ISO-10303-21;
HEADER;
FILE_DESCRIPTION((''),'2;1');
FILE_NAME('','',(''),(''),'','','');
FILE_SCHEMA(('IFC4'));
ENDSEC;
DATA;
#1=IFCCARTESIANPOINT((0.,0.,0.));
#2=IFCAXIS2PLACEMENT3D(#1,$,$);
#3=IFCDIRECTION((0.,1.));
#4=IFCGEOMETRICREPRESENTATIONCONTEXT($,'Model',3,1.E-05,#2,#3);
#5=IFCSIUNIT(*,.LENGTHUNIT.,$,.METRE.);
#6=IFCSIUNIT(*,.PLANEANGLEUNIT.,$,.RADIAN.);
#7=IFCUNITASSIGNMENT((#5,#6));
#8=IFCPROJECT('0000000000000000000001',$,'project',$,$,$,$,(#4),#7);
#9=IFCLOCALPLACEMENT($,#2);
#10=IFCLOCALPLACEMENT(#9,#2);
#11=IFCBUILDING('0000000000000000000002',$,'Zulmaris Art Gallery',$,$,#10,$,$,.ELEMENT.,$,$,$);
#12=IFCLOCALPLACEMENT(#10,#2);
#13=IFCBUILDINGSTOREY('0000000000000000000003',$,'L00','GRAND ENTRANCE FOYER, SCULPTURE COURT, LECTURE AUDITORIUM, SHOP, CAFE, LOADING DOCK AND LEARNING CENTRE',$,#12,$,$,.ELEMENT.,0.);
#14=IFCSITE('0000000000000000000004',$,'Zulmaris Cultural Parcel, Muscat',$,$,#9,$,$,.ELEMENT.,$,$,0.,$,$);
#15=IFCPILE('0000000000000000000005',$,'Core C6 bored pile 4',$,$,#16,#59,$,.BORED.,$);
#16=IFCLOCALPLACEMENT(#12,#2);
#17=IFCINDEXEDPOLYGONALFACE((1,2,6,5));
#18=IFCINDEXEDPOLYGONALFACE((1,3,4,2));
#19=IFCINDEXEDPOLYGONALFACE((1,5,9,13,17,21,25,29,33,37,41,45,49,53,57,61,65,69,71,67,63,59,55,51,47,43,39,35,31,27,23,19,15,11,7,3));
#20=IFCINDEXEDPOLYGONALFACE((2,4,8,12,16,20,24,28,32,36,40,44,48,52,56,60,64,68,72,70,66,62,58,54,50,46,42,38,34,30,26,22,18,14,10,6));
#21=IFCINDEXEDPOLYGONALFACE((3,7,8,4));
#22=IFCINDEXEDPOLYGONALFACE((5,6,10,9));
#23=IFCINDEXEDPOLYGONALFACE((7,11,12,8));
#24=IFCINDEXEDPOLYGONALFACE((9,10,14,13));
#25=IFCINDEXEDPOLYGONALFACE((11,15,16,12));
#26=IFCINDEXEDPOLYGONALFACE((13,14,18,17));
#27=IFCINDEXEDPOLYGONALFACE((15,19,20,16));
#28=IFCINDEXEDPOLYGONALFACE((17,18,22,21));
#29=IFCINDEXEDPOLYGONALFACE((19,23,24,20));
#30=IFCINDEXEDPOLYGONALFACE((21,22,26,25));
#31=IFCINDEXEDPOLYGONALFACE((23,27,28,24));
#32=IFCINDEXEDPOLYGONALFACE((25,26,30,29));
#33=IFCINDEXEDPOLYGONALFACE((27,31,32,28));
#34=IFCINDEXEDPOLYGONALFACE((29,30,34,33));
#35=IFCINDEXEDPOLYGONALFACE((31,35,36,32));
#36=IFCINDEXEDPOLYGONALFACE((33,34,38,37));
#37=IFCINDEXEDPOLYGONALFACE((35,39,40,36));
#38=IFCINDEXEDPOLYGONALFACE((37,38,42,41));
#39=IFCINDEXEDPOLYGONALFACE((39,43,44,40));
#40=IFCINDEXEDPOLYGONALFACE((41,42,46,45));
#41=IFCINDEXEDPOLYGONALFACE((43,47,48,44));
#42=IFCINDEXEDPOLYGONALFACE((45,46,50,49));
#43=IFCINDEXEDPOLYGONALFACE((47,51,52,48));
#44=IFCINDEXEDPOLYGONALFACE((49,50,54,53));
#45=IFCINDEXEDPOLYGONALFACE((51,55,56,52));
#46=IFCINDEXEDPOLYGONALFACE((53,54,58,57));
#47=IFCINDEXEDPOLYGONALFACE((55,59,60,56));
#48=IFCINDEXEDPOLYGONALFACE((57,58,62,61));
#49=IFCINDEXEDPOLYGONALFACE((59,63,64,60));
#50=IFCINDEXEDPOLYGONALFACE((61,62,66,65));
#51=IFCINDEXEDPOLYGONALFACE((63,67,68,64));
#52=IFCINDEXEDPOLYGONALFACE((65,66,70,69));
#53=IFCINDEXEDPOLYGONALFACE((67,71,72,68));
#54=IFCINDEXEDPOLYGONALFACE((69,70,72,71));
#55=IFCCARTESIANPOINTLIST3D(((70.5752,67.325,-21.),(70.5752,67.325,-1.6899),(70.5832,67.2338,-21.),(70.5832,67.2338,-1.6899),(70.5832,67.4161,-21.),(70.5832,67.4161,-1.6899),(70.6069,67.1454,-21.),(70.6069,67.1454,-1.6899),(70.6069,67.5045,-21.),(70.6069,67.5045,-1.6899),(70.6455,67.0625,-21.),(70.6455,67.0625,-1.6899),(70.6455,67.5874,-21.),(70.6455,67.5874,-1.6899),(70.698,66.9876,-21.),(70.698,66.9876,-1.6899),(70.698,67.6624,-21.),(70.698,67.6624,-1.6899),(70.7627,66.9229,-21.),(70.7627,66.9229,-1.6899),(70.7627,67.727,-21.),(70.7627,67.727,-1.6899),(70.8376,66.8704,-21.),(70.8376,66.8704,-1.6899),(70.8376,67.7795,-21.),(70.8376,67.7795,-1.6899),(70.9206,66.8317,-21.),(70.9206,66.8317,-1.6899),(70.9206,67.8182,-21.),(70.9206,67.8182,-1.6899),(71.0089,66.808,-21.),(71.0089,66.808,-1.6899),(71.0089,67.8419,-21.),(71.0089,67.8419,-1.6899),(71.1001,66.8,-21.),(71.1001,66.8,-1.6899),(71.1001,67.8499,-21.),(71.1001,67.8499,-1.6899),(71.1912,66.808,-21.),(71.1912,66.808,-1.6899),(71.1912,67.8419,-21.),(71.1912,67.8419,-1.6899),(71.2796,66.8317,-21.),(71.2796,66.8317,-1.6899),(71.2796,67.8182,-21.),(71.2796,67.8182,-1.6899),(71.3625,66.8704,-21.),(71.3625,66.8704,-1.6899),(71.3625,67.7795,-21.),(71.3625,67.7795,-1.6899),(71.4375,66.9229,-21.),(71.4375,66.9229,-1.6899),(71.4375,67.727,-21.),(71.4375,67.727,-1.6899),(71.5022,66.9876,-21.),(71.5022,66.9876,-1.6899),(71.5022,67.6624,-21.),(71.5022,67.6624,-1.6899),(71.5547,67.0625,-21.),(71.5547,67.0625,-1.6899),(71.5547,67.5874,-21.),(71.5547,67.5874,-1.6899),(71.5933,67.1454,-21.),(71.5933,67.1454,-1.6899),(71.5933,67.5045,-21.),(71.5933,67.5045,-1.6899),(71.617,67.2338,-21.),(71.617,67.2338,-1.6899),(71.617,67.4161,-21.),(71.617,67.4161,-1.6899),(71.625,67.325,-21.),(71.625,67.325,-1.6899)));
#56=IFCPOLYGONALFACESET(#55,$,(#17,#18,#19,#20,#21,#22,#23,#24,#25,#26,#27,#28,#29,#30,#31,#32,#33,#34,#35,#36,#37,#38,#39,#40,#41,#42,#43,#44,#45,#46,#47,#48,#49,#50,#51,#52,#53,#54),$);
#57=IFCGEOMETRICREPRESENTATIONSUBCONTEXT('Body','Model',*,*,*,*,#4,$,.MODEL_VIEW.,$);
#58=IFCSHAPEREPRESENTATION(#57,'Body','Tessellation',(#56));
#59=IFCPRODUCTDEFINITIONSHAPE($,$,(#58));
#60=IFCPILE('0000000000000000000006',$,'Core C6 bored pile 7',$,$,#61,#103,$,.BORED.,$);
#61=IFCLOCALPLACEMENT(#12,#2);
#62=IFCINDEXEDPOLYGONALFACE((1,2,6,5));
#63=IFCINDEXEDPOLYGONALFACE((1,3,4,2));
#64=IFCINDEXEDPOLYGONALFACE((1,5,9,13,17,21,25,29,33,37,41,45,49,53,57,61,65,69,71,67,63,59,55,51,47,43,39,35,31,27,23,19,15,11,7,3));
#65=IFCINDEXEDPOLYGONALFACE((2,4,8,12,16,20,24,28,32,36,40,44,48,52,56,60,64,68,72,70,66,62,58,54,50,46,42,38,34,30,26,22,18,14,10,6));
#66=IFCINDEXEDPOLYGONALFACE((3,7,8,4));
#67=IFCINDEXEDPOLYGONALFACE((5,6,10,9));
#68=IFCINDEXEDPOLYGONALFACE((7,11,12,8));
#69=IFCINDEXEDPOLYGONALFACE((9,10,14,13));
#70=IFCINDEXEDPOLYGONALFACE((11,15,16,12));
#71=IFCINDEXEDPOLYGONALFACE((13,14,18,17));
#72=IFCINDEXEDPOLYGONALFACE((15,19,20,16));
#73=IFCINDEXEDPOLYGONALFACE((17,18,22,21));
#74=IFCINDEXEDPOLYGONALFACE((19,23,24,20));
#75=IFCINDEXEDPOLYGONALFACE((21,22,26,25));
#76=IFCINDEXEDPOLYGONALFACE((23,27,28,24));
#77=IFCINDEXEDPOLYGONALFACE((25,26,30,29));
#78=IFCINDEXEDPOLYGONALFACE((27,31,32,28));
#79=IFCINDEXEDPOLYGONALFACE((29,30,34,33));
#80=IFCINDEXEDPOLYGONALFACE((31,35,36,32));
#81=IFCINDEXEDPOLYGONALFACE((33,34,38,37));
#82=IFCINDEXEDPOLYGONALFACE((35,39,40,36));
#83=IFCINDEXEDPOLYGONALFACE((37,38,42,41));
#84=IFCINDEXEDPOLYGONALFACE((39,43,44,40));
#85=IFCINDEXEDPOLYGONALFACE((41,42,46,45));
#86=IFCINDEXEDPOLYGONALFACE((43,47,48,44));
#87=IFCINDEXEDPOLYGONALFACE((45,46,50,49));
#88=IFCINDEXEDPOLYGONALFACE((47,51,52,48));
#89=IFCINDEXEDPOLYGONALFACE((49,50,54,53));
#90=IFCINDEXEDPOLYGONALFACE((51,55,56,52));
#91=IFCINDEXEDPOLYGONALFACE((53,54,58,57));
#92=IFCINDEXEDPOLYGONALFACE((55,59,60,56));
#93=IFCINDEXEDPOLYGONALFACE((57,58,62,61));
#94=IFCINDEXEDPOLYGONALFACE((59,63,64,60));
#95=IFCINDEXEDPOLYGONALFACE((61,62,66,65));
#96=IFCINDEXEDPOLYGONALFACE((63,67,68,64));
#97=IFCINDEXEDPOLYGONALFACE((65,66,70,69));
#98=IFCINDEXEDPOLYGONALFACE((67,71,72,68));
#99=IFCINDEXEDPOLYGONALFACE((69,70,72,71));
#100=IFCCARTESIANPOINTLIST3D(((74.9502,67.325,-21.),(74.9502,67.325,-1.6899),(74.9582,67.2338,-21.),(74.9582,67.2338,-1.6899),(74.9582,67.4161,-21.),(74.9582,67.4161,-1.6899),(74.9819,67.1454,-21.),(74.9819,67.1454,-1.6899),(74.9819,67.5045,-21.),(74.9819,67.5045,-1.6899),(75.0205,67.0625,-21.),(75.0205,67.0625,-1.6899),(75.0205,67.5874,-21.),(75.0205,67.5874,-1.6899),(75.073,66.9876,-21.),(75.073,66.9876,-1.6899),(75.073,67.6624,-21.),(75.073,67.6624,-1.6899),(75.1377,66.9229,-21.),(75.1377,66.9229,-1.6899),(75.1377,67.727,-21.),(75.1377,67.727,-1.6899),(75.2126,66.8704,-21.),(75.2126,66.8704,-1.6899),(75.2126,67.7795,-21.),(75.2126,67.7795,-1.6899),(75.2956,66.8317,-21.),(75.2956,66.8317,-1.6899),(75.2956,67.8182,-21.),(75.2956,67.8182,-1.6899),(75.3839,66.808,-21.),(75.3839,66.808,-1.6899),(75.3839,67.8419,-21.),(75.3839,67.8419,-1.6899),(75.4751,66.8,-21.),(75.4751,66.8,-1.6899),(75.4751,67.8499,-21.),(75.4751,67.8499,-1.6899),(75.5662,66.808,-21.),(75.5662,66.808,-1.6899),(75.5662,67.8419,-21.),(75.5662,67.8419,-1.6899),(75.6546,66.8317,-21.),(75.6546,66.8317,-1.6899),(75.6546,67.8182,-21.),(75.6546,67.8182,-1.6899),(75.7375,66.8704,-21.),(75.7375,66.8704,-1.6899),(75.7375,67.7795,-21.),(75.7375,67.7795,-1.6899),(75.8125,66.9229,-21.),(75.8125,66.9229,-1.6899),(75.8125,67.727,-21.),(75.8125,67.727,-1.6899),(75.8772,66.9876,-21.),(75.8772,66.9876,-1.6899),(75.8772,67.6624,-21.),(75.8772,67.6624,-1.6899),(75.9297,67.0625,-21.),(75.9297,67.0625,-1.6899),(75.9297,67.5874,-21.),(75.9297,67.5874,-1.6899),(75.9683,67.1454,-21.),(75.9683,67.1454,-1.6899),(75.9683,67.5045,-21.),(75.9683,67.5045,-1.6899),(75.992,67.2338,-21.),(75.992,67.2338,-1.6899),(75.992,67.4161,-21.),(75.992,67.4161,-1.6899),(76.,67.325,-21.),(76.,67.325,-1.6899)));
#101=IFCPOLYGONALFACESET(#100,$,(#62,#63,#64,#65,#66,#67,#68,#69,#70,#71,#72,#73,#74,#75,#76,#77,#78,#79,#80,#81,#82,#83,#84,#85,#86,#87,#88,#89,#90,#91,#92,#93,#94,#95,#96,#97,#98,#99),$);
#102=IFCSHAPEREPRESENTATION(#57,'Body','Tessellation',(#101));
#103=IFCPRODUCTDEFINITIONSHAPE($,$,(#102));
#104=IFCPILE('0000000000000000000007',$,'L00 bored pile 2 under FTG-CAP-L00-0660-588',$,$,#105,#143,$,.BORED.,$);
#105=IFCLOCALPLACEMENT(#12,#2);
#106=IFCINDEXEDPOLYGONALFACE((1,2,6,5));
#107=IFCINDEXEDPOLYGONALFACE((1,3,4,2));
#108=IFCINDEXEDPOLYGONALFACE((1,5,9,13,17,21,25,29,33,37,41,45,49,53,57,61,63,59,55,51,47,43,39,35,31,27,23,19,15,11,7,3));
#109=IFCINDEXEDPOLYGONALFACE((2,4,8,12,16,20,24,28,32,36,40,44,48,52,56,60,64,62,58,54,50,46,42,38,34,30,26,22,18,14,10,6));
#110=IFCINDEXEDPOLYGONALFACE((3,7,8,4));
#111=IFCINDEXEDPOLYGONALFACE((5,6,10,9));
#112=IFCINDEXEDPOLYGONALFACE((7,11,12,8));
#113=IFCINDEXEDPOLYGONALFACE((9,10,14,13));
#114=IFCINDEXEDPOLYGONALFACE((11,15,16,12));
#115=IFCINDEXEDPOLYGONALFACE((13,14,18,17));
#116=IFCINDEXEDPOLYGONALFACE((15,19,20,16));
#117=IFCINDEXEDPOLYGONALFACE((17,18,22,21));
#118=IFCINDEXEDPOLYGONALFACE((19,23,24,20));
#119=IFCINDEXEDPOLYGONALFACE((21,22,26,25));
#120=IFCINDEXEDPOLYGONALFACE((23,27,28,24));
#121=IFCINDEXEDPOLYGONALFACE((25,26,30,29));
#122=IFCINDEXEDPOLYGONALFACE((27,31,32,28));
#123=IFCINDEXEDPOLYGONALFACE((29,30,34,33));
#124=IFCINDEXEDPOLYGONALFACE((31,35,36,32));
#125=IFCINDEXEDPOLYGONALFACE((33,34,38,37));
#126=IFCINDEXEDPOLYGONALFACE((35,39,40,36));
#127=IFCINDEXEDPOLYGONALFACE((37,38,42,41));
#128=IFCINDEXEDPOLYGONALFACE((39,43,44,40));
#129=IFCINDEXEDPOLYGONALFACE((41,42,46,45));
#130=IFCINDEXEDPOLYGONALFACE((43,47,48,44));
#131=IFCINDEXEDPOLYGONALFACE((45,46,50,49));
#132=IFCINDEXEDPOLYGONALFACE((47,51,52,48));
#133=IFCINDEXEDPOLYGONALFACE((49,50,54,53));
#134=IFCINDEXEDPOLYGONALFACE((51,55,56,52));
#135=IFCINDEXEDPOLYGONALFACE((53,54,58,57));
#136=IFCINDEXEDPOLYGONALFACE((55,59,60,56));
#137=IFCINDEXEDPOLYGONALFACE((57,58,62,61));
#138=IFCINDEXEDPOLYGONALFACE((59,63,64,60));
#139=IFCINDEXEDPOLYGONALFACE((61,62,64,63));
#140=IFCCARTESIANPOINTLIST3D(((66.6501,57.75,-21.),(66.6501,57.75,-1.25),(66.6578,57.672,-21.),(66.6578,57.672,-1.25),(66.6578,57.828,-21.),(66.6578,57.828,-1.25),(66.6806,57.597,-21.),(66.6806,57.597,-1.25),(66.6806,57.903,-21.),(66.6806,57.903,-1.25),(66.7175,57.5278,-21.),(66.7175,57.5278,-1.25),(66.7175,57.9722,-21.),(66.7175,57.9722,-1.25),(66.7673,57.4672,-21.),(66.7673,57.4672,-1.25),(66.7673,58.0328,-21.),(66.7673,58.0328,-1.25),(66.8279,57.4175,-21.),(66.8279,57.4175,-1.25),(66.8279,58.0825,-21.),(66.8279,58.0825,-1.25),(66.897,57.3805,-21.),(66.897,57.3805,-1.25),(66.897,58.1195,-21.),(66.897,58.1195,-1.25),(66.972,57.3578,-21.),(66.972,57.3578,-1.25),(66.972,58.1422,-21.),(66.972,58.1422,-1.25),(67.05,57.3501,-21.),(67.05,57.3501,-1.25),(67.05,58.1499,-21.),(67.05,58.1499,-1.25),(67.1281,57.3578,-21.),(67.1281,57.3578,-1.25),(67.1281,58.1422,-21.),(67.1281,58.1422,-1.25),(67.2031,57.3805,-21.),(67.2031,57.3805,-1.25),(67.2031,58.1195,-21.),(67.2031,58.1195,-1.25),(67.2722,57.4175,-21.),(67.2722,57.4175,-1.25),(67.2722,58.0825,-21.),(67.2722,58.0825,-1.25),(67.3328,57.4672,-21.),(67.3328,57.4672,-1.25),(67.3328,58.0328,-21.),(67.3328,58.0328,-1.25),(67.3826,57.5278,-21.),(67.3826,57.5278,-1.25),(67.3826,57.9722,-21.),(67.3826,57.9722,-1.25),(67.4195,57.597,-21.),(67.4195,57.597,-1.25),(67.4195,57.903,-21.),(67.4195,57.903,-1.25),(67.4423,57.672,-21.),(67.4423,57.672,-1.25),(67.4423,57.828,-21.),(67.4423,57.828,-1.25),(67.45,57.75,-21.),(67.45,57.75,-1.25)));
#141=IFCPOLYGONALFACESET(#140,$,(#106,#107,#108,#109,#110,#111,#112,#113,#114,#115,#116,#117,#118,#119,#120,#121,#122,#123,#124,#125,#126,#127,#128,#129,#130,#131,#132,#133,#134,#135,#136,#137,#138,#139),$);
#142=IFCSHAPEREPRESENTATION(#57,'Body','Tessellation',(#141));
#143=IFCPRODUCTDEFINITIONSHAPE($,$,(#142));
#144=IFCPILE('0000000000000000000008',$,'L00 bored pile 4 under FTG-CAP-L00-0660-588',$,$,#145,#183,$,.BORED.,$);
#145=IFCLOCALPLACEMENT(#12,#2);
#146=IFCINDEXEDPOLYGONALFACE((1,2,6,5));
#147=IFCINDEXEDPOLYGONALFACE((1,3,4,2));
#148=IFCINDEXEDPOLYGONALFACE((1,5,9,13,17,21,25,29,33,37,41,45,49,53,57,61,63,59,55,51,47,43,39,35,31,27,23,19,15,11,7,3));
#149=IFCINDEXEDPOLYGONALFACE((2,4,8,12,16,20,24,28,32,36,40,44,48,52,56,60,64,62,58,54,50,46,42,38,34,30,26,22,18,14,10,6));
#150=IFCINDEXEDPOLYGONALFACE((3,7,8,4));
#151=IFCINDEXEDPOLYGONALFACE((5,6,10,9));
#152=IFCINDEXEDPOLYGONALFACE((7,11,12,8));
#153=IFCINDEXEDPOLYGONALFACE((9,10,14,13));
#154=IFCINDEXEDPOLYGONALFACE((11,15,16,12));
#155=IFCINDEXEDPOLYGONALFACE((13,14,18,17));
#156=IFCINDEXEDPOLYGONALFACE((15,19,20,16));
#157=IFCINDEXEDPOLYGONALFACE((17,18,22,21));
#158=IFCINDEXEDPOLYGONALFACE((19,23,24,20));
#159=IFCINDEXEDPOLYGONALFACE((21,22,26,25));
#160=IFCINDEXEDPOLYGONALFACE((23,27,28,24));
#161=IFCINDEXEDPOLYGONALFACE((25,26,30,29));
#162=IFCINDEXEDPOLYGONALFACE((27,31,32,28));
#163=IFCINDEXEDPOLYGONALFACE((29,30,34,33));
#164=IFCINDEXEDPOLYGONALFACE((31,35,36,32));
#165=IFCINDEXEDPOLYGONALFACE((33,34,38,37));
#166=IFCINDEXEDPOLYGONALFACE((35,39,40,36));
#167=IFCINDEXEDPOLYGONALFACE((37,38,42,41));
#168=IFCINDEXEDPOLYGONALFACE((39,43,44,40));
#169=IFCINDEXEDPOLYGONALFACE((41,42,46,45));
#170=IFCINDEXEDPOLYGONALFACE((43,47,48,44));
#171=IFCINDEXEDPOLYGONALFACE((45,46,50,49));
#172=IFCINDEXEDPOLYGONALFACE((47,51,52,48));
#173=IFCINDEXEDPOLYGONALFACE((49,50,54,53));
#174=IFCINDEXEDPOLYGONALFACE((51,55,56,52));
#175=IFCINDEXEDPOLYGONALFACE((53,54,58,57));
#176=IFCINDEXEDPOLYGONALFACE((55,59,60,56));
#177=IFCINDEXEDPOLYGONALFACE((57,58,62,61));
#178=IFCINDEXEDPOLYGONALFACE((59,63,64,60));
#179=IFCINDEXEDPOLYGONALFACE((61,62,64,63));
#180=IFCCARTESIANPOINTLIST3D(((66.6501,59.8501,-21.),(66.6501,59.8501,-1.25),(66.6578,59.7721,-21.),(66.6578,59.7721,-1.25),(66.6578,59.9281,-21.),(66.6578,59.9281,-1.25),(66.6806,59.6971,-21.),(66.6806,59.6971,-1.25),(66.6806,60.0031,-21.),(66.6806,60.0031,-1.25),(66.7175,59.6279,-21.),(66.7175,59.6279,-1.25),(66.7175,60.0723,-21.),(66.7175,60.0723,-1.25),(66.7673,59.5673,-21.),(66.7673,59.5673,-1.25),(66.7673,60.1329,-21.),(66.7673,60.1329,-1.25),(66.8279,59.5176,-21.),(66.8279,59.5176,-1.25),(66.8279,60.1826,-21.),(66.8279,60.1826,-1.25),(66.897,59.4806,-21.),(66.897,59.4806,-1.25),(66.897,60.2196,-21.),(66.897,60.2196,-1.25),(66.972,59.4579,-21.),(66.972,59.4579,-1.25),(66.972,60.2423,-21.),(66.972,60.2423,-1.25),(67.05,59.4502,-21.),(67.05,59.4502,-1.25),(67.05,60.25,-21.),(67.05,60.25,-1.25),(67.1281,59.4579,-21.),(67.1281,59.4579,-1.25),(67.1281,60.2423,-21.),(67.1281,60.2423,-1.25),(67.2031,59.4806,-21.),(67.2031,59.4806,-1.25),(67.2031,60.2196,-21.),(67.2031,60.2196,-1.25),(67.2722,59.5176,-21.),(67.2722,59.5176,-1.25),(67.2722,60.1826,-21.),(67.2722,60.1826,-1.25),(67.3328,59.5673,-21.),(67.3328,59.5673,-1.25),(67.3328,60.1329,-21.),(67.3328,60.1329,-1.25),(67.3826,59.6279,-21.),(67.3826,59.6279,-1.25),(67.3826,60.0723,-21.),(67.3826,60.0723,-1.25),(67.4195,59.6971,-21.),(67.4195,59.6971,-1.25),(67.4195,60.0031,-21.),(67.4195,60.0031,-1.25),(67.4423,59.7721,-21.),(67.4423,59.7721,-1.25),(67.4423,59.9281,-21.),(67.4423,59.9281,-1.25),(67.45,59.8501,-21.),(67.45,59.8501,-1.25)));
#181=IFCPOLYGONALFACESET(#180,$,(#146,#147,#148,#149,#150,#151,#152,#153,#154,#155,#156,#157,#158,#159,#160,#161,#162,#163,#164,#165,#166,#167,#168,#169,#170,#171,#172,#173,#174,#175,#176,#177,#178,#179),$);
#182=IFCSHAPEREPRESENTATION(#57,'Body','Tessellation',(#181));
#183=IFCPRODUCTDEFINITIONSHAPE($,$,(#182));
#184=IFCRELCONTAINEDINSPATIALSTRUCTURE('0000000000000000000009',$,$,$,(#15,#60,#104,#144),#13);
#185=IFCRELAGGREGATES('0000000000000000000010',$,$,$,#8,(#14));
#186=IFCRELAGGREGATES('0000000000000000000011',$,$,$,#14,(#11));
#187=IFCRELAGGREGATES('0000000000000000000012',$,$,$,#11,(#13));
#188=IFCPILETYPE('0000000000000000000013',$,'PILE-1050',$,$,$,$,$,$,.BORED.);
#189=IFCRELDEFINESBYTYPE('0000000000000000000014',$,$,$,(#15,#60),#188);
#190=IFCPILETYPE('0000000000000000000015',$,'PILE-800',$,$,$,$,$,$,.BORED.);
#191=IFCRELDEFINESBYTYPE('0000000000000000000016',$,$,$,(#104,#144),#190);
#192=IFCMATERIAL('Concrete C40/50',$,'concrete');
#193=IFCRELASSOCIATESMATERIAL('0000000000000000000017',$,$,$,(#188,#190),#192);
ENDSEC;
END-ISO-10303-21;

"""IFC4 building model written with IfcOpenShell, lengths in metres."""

from ifc_helpers import new_model, si_unit, direction, frame, origin, origin_2d, place, context, subcontext, project, spatial, circle, extrude, material, material_profile, profile_set, type_object, element, save


model = new_model("IFC4")

# Units and contexts
model_context = context("Model", 3, precision=1e-05, world=origin(), true_north=direction((0.0, 1.0)))
body_context = subcontext(model_context, "Body", "Model", "MODEL_VIEW")
ifc_project = project(units=[si_unit("LENGTHUNIT", "METRE"), si_unit("PLANEANGLEUNIT", "RADIAN")], contexts=[model_context])

# Site, building, storey
site_placement = place(None, origin())
site = spatial("IfcSite", under=ifc_project, at=site_placement, Name="Zulmaris Cultural Parcel, Muscat", CompositionType="ELEMENT", RefElevation=0.0)
building_placement = place(site_placement, origin())
building = spatial("IfcBuilding", under=site, at=building_placement, Name="Zulmaris Art Gallery", CompositionType="ELEMENT")
storey_placement = place(building_placement, origin())
storey = spatial("IfcBuildingStorey", under=building, at=storey_placement, Name="L00", Description="GRAND ENTRANCE FOYER, SCULPTURE COURT, LECTURE AUDITORIUM, SHOP, CAFE, LOADING DOCK AND LEARNING CENTRE", CompositionType="ELEMENT", Elevation=0.0)

# Piles
ifc_material_1 = material(Name="Concrete C40/50", Category="concrete")
ifc_material_profile_1 = material_profile(ifc_material_1, circle(Radius=0.5249, at=origin_2d()), Name="PILE DIA 1050")
ifc_profile_set_1 = profile_set([ifc_material_profile_1], Name="Concrete C40/50")
pile_type_1 = type_object("IfcPileType", Name="PILE-1050", PredefinedType="BORED", material=ifc_profile_set_1)
for number, where, z_axis, x_axis, name in (
    (1, (71.1001, 67.325, -1.6899), (0.0, 0.0, -1.0), (1.0, 0.0, 0.0), "Core C6 bored pile 4"),
    (2, (75.4751, 67.325, -1.6899), (0.0, 0.0, -1.0), (1.0, 0.0, 0.0), "Core C6 bored pile 7"),
):
    element("IfcPile", number, at=place(storey_placement, frame(where, z_axis=z_axis, x_axis=x_axis)), inside=storey, type_object=pile_type_1, Name=name, PredefinedType="BORED", context=body_context, shape_type="SweptSolid", body=[
        extrude(circle(Radius=0.5249, at=origin_2d()), origin(), (0.0, 0.0, 1.0), 19.3101),
    ])
ifc_material_profile_2 = material_profile(ifc_material_1, circle(Radius=0.3999, at=origin_2d()), Name="PILE DIA 800")
ifc_profile_set_2 = profile_set([ifc_material_profile_2], Name="Concrete C40/50")
pile_type_2 = type_object("IfcPileType", Name="PILE-800", PredefinedType="BORED", material=ifc_profile_set_2)
for number, where, z_axis, x_axis, name in (
    (3, (67.05, 57.75, -1.25), (0.0, 0.0, -1.0), (1.0, 0.0, 0.0), "L00 bored pile 2 under FTG-CAP-L00-0660-588"),
    (4, (67.05, 59.8501, -1.25), (0.0, 0.0, -1.0), (1.0, 0.0, 0.0), "L00 bored pile 4 under FTG-CAP-L00-0660-588"),
):
    element("IfcPile", number, at=place(storey_placement, frame(where, z_axis=z_axis, x_axis=x_axis)), inside=storey, type_object=pile_type_2, Name=name, PredefinedType="BORED", context=body_context, shape_type="SweptSolid", body=[
        extrude(circle(Radius=0.3999, at=origin_2d()), origin(), (0.0, 0.0, 1.0), 19.75),
    ])

save(model, "model.ifc")
